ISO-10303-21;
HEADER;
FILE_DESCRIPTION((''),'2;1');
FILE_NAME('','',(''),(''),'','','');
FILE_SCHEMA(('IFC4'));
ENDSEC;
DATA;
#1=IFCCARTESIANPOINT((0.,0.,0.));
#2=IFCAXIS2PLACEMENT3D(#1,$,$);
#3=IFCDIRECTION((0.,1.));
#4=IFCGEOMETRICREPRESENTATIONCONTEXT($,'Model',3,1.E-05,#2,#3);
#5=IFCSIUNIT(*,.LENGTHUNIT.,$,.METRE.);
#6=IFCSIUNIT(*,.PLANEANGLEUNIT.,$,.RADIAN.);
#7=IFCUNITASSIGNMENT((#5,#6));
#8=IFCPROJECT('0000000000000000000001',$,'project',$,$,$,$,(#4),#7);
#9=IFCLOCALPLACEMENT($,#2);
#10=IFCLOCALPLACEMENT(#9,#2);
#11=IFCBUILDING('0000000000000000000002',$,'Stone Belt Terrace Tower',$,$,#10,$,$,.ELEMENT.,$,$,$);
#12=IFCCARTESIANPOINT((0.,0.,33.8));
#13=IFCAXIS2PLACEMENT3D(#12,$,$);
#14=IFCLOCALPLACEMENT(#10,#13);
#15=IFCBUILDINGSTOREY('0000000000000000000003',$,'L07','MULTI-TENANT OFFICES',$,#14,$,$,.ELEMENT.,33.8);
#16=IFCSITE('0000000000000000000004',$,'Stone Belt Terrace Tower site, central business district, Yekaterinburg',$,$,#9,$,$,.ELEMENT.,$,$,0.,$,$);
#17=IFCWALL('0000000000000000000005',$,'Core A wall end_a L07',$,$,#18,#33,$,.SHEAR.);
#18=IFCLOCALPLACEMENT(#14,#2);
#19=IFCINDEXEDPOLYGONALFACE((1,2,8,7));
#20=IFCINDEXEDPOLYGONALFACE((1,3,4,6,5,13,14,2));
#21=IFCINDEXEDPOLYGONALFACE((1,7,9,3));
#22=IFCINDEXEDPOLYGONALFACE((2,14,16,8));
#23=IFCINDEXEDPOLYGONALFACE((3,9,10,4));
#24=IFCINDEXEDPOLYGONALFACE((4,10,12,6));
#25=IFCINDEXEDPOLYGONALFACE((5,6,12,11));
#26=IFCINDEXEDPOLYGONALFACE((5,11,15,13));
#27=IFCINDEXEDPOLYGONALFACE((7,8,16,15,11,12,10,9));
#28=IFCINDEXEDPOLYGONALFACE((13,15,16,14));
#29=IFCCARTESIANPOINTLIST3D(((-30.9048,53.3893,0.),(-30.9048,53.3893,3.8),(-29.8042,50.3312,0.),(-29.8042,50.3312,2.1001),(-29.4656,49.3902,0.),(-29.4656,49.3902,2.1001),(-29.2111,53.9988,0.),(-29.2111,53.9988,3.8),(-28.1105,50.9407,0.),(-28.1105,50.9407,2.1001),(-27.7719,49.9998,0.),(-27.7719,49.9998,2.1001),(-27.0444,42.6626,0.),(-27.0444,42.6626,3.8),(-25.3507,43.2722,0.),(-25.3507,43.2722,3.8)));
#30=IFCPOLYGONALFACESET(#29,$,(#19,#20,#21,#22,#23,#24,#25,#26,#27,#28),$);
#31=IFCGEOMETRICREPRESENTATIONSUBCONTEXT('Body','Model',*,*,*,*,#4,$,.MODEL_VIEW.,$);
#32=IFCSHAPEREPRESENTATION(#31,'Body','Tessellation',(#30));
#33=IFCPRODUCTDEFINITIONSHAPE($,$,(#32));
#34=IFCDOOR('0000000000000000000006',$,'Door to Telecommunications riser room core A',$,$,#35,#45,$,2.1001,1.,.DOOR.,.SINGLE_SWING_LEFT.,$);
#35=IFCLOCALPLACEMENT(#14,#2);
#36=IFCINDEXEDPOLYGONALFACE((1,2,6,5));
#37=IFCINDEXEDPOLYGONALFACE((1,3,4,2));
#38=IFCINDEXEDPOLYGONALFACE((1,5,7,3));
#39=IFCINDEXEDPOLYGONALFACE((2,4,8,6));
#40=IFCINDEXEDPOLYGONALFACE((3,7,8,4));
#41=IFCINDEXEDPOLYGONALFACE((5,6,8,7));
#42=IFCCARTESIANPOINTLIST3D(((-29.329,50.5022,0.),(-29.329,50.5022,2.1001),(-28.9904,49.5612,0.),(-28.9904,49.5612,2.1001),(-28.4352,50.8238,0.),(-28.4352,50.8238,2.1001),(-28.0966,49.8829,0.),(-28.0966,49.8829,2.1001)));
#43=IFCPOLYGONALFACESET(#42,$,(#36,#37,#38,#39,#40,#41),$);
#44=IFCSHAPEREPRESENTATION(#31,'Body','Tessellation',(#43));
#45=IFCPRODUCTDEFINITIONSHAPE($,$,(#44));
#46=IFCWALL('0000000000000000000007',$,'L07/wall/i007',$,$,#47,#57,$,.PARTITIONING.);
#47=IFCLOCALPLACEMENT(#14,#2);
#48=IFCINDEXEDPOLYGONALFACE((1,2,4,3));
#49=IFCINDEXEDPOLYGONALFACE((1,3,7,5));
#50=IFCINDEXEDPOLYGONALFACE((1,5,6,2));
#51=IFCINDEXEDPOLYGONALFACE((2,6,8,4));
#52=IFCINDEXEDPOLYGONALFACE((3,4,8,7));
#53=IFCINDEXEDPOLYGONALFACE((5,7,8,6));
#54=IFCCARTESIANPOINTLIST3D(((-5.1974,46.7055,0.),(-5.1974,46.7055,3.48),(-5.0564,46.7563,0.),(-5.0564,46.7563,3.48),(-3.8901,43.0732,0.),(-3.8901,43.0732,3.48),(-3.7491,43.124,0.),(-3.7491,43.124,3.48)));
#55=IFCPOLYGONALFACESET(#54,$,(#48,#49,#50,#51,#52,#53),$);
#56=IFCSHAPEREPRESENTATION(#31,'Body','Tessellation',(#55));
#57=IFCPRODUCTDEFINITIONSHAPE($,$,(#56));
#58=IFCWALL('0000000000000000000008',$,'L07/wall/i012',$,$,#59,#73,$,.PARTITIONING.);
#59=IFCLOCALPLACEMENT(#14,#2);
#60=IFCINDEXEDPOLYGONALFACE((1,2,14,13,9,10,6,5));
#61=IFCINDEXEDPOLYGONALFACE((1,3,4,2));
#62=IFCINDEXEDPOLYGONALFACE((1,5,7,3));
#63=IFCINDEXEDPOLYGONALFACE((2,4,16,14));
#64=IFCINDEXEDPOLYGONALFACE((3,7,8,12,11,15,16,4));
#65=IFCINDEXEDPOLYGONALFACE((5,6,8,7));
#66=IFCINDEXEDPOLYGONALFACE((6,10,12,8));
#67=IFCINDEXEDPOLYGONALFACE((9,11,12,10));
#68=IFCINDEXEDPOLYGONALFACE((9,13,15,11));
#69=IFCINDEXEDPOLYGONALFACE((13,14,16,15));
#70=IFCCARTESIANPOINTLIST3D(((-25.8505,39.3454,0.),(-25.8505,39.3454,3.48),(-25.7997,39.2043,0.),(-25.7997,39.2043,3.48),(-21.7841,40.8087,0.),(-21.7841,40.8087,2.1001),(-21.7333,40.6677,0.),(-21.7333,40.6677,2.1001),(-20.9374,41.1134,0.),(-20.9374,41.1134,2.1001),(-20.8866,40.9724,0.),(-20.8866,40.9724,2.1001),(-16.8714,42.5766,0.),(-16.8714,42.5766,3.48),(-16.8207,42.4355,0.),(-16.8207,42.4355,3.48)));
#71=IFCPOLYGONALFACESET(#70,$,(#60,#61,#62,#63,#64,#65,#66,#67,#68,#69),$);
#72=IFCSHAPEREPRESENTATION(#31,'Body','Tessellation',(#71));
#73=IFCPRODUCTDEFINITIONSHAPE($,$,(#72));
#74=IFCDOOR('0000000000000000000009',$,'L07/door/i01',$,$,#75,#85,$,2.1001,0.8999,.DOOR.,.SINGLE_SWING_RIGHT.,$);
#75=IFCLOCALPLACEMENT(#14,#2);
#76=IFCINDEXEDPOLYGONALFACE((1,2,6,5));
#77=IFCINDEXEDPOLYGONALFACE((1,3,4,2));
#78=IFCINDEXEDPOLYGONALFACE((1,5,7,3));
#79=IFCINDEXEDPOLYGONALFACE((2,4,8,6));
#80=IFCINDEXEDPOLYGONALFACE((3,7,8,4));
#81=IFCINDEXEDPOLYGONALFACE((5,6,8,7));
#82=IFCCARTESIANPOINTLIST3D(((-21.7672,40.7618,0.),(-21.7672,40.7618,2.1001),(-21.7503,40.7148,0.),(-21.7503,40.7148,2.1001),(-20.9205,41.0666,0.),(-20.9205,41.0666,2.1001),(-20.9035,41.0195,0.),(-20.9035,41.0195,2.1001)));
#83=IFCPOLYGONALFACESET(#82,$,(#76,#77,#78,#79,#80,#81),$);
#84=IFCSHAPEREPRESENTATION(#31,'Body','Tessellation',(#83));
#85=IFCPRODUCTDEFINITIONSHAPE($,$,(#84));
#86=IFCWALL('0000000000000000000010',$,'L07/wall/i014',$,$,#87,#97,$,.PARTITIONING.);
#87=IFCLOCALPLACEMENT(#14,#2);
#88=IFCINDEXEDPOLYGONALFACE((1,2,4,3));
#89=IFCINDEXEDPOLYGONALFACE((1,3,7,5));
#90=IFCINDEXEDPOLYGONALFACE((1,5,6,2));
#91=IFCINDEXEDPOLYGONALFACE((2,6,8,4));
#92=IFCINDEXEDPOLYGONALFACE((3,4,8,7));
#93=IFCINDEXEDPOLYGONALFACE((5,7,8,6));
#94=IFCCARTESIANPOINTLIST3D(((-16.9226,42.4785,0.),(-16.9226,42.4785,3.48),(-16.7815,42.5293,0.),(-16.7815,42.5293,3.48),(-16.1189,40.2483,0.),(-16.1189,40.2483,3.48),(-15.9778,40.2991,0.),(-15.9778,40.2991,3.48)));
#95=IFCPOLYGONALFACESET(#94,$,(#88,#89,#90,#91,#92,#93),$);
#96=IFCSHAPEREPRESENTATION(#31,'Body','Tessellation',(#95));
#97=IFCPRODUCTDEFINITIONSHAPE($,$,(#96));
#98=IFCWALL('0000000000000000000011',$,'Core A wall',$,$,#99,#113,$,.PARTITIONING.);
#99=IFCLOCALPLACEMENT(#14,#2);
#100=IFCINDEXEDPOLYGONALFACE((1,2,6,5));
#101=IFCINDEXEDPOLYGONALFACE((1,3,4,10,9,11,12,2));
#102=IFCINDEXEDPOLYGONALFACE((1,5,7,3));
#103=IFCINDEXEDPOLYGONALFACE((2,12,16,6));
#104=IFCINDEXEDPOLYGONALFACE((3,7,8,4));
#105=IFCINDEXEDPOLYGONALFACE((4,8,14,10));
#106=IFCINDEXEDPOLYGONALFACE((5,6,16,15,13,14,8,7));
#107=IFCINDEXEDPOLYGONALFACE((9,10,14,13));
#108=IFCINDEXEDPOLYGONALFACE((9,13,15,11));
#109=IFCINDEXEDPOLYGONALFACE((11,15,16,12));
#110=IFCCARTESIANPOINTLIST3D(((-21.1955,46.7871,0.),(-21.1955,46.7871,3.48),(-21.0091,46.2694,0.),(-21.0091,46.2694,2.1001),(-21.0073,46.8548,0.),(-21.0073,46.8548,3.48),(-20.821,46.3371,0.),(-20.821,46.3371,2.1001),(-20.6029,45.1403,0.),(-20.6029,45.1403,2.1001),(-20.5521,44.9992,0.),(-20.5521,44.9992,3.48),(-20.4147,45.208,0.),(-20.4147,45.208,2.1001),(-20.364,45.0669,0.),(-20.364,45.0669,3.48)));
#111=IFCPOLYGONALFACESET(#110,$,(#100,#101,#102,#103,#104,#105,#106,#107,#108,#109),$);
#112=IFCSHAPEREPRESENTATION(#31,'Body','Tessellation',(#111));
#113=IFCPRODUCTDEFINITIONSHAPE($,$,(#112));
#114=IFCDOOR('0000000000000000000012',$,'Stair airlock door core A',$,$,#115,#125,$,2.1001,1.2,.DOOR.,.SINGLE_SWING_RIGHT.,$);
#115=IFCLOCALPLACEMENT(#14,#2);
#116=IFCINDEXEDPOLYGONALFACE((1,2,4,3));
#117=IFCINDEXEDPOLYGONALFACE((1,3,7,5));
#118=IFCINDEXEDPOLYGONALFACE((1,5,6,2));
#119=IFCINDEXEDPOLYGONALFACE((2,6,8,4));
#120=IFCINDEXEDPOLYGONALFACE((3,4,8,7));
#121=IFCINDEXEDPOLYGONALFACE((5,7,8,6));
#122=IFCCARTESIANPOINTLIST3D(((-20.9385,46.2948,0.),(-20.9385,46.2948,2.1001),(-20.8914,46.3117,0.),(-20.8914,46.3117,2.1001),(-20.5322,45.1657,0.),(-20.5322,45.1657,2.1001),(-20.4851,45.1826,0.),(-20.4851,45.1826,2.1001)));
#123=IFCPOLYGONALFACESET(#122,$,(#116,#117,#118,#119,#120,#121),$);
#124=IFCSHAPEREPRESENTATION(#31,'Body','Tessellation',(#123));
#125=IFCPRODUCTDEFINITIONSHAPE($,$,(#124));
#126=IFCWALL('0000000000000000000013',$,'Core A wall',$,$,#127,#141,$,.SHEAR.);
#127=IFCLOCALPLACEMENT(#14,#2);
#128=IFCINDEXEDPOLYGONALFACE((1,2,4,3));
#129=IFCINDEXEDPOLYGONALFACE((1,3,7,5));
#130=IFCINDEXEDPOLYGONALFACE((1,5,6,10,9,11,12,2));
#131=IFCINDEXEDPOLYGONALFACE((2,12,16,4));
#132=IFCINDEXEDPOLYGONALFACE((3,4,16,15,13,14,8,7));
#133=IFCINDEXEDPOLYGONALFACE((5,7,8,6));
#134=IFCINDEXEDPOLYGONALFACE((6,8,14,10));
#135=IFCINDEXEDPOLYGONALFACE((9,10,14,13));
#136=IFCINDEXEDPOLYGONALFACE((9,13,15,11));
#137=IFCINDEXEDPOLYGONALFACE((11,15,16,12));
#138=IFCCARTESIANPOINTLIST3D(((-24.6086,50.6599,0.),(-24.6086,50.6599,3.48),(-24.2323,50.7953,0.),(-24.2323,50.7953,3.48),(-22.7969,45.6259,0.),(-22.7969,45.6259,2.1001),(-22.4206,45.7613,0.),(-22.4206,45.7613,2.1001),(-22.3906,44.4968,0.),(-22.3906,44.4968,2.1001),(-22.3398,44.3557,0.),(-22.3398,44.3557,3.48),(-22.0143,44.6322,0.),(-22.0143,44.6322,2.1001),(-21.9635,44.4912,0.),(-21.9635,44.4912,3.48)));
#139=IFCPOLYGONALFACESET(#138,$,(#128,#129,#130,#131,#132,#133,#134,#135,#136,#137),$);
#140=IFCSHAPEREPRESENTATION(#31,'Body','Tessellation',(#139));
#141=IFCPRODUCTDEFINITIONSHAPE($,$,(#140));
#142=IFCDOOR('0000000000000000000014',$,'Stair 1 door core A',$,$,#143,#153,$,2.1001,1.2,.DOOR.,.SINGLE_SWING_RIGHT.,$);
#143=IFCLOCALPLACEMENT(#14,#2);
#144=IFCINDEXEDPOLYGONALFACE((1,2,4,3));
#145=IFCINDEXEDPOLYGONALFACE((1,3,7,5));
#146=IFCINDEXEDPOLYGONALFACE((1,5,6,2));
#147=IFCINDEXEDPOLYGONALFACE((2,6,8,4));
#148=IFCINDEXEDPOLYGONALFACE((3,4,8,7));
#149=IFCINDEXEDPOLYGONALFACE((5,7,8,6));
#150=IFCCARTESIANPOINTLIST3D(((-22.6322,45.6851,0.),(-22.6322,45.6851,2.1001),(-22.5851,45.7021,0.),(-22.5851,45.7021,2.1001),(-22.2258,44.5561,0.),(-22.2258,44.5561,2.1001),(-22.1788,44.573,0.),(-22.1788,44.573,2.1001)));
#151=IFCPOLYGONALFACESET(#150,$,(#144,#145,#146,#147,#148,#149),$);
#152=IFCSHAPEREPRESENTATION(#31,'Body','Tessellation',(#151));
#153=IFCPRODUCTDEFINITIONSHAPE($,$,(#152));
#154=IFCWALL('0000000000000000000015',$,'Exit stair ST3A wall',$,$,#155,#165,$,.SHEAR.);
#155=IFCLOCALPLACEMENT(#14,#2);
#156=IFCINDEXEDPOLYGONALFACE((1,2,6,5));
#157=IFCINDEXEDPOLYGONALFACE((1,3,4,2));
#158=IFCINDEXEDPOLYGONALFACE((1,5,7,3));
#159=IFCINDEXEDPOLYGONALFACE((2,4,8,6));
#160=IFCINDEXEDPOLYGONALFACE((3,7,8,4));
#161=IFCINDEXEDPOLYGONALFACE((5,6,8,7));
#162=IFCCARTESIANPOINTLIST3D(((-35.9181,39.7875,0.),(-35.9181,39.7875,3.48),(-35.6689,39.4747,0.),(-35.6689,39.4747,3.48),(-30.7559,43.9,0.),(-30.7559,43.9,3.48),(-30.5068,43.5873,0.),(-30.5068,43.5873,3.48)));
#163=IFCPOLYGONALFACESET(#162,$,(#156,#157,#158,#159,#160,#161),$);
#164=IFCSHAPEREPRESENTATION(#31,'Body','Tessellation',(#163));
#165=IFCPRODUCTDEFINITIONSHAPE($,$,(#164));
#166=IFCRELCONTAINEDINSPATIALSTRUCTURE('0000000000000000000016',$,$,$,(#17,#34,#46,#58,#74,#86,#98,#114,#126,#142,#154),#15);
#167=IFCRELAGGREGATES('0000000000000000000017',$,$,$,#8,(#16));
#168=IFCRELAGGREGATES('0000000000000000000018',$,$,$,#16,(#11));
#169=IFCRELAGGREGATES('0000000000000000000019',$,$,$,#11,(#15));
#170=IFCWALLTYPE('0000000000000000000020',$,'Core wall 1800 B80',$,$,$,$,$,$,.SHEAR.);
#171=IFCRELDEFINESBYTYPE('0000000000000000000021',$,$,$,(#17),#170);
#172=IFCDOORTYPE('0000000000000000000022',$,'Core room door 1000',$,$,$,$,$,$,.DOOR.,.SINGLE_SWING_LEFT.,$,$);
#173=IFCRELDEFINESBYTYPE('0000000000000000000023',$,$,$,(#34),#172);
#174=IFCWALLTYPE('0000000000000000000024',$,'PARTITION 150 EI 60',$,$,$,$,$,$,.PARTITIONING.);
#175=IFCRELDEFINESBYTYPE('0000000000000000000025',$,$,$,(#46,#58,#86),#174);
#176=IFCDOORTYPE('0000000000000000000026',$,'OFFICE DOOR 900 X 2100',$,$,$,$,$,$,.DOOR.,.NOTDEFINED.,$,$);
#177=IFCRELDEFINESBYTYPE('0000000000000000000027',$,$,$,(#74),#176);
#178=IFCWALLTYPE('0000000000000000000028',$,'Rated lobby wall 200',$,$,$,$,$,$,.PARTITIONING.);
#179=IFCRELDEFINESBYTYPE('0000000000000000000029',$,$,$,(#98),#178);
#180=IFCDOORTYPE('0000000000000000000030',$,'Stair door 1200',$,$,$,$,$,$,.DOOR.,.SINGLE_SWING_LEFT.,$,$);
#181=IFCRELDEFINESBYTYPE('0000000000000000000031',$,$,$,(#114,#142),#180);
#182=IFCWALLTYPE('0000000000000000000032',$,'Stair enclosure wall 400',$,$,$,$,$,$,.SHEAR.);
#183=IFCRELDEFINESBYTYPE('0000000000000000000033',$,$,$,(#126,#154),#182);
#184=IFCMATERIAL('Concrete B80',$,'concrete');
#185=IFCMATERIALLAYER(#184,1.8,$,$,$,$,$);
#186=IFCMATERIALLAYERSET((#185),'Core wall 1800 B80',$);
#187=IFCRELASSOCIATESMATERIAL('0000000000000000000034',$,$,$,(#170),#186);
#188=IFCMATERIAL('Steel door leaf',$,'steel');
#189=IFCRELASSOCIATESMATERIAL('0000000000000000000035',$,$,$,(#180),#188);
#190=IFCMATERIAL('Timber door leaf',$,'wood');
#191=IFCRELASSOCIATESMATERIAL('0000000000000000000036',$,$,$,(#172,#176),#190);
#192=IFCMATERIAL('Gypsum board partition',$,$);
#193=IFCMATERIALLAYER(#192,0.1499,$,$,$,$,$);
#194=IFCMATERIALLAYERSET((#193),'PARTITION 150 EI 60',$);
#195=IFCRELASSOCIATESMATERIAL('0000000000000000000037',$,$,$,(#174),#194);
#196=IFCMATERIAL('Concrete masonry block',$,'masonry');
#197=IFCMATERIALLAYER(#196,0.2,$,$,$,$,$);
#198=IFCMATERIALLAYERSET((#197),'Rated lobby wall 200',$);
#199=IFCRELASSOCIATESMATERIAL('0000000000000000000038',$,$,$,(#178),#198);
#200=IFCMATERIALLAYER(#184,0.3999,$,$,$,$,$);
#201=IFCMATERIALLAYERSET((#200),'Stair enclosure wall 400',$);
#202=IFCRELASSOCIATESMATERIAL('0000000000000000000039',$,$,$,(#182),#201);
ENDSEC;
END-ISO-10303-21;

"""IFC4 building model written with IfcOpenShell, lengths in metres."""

from ifc_helpers import new_model, si_unit, direction, frame, frame_2d, origin, place, context, subcontext, project, spatial, rectangle, extrude, material, layer, layer_set, type_object, element, fill, save


model = new_model("IFC4")

# Units and contexts
model_context = context("Model", 3, precision=1e-05, world=origin(), true_north=direction((0.0, 1.0)))
body_context = subcontext(model_context, "Body", "Model", "MODEL_VIEW")
ifc_project = project(units=[si_unit("LENGTHUNIT", "METRE"), si_unit("PLANEANGLEUNIT", "RADIAN")], contexts=[model_context])

# Site, building, storey
site_placement = place(None, origin())
site = spatial("IfcSite", under=ifc_project, at=site_placement, Name="Stone Belt Terrace Tower site, central business district, Yekaterinburg", CompositionType="ELEMENT", RefElevation=0.0)
building_placement = place(site_placement, origin())
building = spatial("IfcBuilding", under=site, at=building_placement, Name="Stone Belt Terrace Tower", CompositionType="ELEMENT")
storey_placement = place(building_placement, frame((0.0, 0.0, 33.8)))
storey = spatial("IfcBuildingStorey", under=building, at=storey_placement, Name="L07", Description="MULTI-TENANT OFFICES", CompositionType="ELEMENT", Elevation=33.8)

# Shared definitions
ifc_material_1 = material(Name="Concrete B80", Category="concrete")

# Shared definitions
ifc_layer_1 = layer(ifc_material_1, 1.8)
ifc_layer_set_1 = layer_set([ifc_layer_1], Name="Core wall 1800 B80")
wall_type_1 = type_object("IfcWallType", Name="Core wall 1800 B80", PredefinedType="SHEAR", material=ifc_layer_set_1)
ifc_material_2 = material(Name="Steel door leaf", Category="steel")
door_type_1 = type_object("IfcDoorType", Name="Stair door 1200", OperationType="SINGLE_SWING_LEFT", PredefinedType="DOOR", material=ifc_material_2)

# Wall, opening, door
wall_1_placement = place(storey_placement, frame((-26.1975, 42.9673, 0.0), z_axis=(0.0, 0.0, 1.0), x_axis=(-0.338625, 0.940921, 0.0)))
wall_1 = element("IfcWall", 1, at=wall_1_placement, inside=storey, type_object=wall_type_1, Name="Core A wall end_a L07", PredefinedType="SHEAR", context=body_context, shape_type="SweptSolid", body=[
    extrude(rectangle(XDim=11.4001, YDim=1.8, at=frame_2d((5.7002, 0.0))), origin(), (0.0, 0.0, 1.0), 3.8),
])
opening_1_placement = place(wall_1_placement, frame((7.1501, 0.0, 0.0)))
opening_1 = element("IfcOpeningElement", 2, at=opening_1_placement, cuts=wall_1, PredefinedType="OPENING", context=body_context, shape_type="SweptSolid", body=[
    extrude(rectangle(XDim=1.0, YDim=2.1001, at=frame_2d((0.5, 1.05))), frame((0.0, 0.9099, 0.0), z_axis=(0.0, -1.0, 0.0), x_axis=(1.0, 0.0, 0.0)), (0.0, 0.0, 1.0), 1.8201),
])
ifc_material_3 = material(Name="Timber door leaf", Category="wood")
door_type_2 = type_object("IfcDoorType", Name="Core room door 1000", OperationType="SINGLE_SWING_LEFT", PredefinedType="DOOR", material=ifc_material_3)
door_1_placement = place(opening_1_placement, origin())
door_1 = element("IfcDoor", 3, at=door_1_placement, inside=storey, type_object=door_type_2, Name="Door to Telecommunications riser room core A", OperationType="SINGLE_SWING_LEFT", OverallHeight=2.1001, OverallWidth=1.0, PredefinedType="DOOR", context=body_context, shape_type="SweptSolid", body=[
    extrude(rectangle(XDim=1.0, YDim=2.1001, at=frame_2d((0.5, 1.05))), frame((0.0, 0.395, 0.0), z_axis=(0.0, -1.0, 0.0), x_axis=(1.0, 0.0, 0.0)), (0.0, 0.0, 1.0), 0.95),
])
fill(opening_1, door_1)

# Wall
ifc_material_4 = material(Name="Gypsum board partition")
ifc_layer_2 = layer(ifc_material_4, 0.1499)
ifc_layer_set_2 = layer_set([ifc_layer_2], Name="PARTITION 150 EI 60")
wall_type_2 = type_object("IfcWallType", Name="PARTITION 150 EI 60", PredefinedType="PARTITIONING", material=ifc_layer_set_2)
wall_2_placement = place(storey_placement, frame((-3.8196, 43.0986, 0.0), z_axis=(0.0, 0.0, 1.0), x_axis=(-0.338659, 0.940909, 0.0)))
element("IfcWall", 4, at=wall_2_placement, inside=storey, type_object=wall_type_2, Name="L07/wall/i007", PredefinedType="PARTITIONING", context=body_context, shape_type="SweptSolid", body=[
    extrude(rectangle(XDim=3.8604, YDim=0.1499, at=frame_2d((1.9302, 0.0))), origin(), (0.0, 0.0, 1.0), 3.48),
])

# Wall, opening, door
wall_3_placement = place(storey_placement, frame((-16.8459, 42.5061, 0.0), z_axis=(0.0, 0.0, 1.0), x_axis=(-0.940929, -0.338604, 0.0)))
wall_3 = element("IfcWall", 5, at=wall_3_placement, inside=storey, type_object=wall_type_2, Name="L07/wall/i012", PredefinedType="PARTITIONING", context=body_context, shape_type="SweptSolid", body=[
    extrude(rectangle(XDim=9.5427, YDim=0.1499, at=frame_2d((4.7715, 0.0))), origin(), (0.0, 0.0, 1.0), 3.48),
])
opening_2_placement = place(wall_3_placement, frame((4.3213, 0.0, 0.0)))
opening_2 = element("IfcOpeningElement", 6, at=opening_2_placement, cuts=wall_3, PredefinedType="OPENING", context=body_context, shape_type="SweptSolid", body=[
    extrude(rectangle(XDim=0.8999, YDim=2.1001, at=frame_2d((0.45, 1.05))), frame((0.0, 0.085, 0.0), z_axis=(0.0, -1.0, 0.0), x_axis=(1.0, 0.0, 0.0)), (0.0, 0.0, 1.0), 0.1699),
])
door_type_3 = type_object("IfcDoorType", Name="OFFICE DOOR 900 X 2100", OperationType="NOTDEFINED", PredefinedType="DOOR", material=ifc_material_3)
door_2_placement = place(opening_2_placement, origin())
door_2 = element("IfcDoor", 7, at=door_2_placement, inside=storey, type_object=door_type_3, Name="L07/door/i01", OperationType="SINGLE_SWING_RIGHT", OverallHeight=2.1001, OverallWidth=0.8999, PredefinedType="DOOR", context=body_context, shape_type="SweptSolid", body=[
    extrude(rectangle(XDim=0.8999, YDim=2.1001, at=frame_2d((0.45, 1.05))), frame((0.0, 0.0249, 0.0), z_axis=(0.0, -1.0, 0.0), x_axis=(1.0, 0.0, 0.0)), (0.0, 0.0, 1.0), 0.05),
])
fill(opening_2, door_2)

# Wall
wall_4_placement = place(storey_placement, frame((-16.8521, 42.5039, 0.0), z_axis=(0.0, 0.0, 1.0), x_axis=(0.339029, -0.940776, 0.0)))
element("IfcWall", 8, at=wall_4_placement, inside=storey, type_object=wall_type_2, Name="L07/wall/i014", PredefinedType="PARTITIONING", context=body_context, shape_type="SweptSolid", body=[
    extrude(rectangle(XDim=2.3706, YDim=0.1499, at=frame_2d((1.1853, 0.0))), origin(), (0.0, 0.0, 1.0), 3.48),
])

# Walls, openings, doors
ifc_material_5 = material(Name="Concrete masonry block", Category="masonry")
ifc_layer_3 = layer(ifc_material_5, 0.2)
ifc_layer_set_3 = layer_set([ifc_layer_3], Name="Rated lobby wall 200")
wall_type_3 = type_object("IfcWallType", Name="Rated lobby wall 200", PredefinedType="PARTITIONING", material=ifc_layer_set_3)
wall_5_placement = place(storey_placement, frame((-20.458, 45.033, 0.0), z_axis=(0.0, 0.0, 1.0), x_axis=(-0.338574, 0.94094, 0.0)))
wall_5 = element("IfcWall", 9, at=wall_5_placement, inside=storey, type_object=wall_type_3, Name="Core A wall", PredefinedType="PARTITIONING", context=body_context, shape_type="SweptSolid", body=[
    extrude(rectangle(XDim=1.9001, YDim=0.2, at=frame_2d((0.9502, 0.0))), origin(), (0.0, 0.0, 1.0), 3.48),
])
opening_3_placement = place(wall_5_placement, frame((0.1499, 0.0, 0.0)))
opening_3 = element("IfcOpeningElement", 10, at=opening_3_placement, cuts=wall_5, PredefinedType="OPENING", context=body_context, shape_type="SweptSolid", body=[
    extrude(rectangle(XDim=1.2, YDim=2.1001, at=frame_2d((0.6001, 1.05))), frame((0.0, 0.1099, 0.0), z_axis=(0.0, -1.0, 0.0), x_axis=(1.0, 0.0, 0.0)), (0.0, 0.0, 1.0), 0.22),
])
door_3_placement = place(opening_3_placement, origin())
door_3 = element("IfcDoor", 11, at=door_3_placement, inside=storey, type_object=door_type_1, Name="Stair airlock door core A", OperationType="SINGLE_SWING_RIGHT", OverallHeight=2.1001, OverallWidth=1.2, PredefinedType="DOOR", context=body_context, shape_type="SweptSolid", body=[
    extrude(rectangle(XDim=1.2, YDim=2.1001, at=frame_2d((0.6001, 1.05))), frame((0.0, 0.0249, 0.0), z_axis=(0.0, -1.0, 0.0), x_axis=(1.0, 0.0, 0.0)), (0.0, 0.0, 1.0), 0.05),
])
fill(opening_3, door_3)
ifc_layer_4 = layer(ifc_material_1, 0.3999)
ifc_layer_set_4 = layer_set([ifc_layer_4], Name="Stair enclosure wall 400")
wall_type_4 = type_object("IfcWallType", Name="Stair enclosure wall 400", PredefinedType="SHEAR", material=ifc_layer_set_4)
wall_6_placement = place(storey_placement, frame((-22.1516, 44.4233, 0.0), z_axis=(0.0, 0.0, 1.0), x_axis=(-0.338625, 0.940921, 0.0)))
wall_6 = element("IfcWall", 12, at=wall_6_placement, inside=storey, type_object=wall_type_4, Name="Core A wall", PredefinedType="SHEAR", context=body_context, shape_type="SweptSolid", body=[
    extrude(rectangle(XDim=6.7, YDim=0.3999, at=frame_2d((3.3501, 0.0))), origin(), (0.0, 0.0, 1.0), 3.48),
])
opening_4_placement = place(wall_6_placement, frame((0.1499, 0.0, 0.0)))
opening_4 = element("IfcOpeningElement", 13, at=opening_4_placement, cuts=wall_6, PredefinedType="OPENING", context=body_context, shape_type="SweptSolid", body=[
    extrude(rectangle(XDim=1.2, YDim=2.1001, at=frame_2d((0.6001, 1.05))), frame((0.0, 0.21, 0.0), z_axis=(0.0, -1.0, 0.0), x_axis=(1.0, 0.0, 0.0)), (0.0, 0.0, 1.0), 0.4199),
])
door_4_placement = place(opening_4_placement, origin())
door_4 = element("IfcDoor", 14, at=door_4_placement, inside=storey, type_object=door_type_1, Name="Stair 1 door core A", OperationType="SINGLE_SWING_RIGHT", OverallHeight=2.1001, OverallWidth=1.2, PredefinedType="DOOR", context=body_context, shape_type="SweptSolid", body=[
    extrude(rectangle(XDim=1.2, YDim=2.1001, at=frame_2d((0.6001, 1.05))), frame((0.0, 0.0249, 0.0), z_axis=(0.0, -1.0, 0.0), x_axis=(1.0, 0.0, 0.0)), (0.0, 0.0, 1.0), 0.05),
])
fill(opening_4, door_4)

# Wall
wall_7_placement = place(storey_placement, frame((-30.6313, 43.7437, 0.0), z_axis=(0.0, 0.0, 1.0), x_axis=(-0.782134, -0.62311, 0.0)))
element("IfcWall", 15, at=wall_7_placement, inside=storey, type_object=wall_type_4, Name="Exit stair ST3A wall", PredefinedType="SHEAR", context=body_context, shape_type="SweptSolid", body=[
    extrude(rectangle(XDim=6.6001, YDim=0.3999, at=frame_2d((3.3, 0.0))), origin(), (0.0, 0.0, 1.0), 3.48),
])

save(model, "model.ifc")
